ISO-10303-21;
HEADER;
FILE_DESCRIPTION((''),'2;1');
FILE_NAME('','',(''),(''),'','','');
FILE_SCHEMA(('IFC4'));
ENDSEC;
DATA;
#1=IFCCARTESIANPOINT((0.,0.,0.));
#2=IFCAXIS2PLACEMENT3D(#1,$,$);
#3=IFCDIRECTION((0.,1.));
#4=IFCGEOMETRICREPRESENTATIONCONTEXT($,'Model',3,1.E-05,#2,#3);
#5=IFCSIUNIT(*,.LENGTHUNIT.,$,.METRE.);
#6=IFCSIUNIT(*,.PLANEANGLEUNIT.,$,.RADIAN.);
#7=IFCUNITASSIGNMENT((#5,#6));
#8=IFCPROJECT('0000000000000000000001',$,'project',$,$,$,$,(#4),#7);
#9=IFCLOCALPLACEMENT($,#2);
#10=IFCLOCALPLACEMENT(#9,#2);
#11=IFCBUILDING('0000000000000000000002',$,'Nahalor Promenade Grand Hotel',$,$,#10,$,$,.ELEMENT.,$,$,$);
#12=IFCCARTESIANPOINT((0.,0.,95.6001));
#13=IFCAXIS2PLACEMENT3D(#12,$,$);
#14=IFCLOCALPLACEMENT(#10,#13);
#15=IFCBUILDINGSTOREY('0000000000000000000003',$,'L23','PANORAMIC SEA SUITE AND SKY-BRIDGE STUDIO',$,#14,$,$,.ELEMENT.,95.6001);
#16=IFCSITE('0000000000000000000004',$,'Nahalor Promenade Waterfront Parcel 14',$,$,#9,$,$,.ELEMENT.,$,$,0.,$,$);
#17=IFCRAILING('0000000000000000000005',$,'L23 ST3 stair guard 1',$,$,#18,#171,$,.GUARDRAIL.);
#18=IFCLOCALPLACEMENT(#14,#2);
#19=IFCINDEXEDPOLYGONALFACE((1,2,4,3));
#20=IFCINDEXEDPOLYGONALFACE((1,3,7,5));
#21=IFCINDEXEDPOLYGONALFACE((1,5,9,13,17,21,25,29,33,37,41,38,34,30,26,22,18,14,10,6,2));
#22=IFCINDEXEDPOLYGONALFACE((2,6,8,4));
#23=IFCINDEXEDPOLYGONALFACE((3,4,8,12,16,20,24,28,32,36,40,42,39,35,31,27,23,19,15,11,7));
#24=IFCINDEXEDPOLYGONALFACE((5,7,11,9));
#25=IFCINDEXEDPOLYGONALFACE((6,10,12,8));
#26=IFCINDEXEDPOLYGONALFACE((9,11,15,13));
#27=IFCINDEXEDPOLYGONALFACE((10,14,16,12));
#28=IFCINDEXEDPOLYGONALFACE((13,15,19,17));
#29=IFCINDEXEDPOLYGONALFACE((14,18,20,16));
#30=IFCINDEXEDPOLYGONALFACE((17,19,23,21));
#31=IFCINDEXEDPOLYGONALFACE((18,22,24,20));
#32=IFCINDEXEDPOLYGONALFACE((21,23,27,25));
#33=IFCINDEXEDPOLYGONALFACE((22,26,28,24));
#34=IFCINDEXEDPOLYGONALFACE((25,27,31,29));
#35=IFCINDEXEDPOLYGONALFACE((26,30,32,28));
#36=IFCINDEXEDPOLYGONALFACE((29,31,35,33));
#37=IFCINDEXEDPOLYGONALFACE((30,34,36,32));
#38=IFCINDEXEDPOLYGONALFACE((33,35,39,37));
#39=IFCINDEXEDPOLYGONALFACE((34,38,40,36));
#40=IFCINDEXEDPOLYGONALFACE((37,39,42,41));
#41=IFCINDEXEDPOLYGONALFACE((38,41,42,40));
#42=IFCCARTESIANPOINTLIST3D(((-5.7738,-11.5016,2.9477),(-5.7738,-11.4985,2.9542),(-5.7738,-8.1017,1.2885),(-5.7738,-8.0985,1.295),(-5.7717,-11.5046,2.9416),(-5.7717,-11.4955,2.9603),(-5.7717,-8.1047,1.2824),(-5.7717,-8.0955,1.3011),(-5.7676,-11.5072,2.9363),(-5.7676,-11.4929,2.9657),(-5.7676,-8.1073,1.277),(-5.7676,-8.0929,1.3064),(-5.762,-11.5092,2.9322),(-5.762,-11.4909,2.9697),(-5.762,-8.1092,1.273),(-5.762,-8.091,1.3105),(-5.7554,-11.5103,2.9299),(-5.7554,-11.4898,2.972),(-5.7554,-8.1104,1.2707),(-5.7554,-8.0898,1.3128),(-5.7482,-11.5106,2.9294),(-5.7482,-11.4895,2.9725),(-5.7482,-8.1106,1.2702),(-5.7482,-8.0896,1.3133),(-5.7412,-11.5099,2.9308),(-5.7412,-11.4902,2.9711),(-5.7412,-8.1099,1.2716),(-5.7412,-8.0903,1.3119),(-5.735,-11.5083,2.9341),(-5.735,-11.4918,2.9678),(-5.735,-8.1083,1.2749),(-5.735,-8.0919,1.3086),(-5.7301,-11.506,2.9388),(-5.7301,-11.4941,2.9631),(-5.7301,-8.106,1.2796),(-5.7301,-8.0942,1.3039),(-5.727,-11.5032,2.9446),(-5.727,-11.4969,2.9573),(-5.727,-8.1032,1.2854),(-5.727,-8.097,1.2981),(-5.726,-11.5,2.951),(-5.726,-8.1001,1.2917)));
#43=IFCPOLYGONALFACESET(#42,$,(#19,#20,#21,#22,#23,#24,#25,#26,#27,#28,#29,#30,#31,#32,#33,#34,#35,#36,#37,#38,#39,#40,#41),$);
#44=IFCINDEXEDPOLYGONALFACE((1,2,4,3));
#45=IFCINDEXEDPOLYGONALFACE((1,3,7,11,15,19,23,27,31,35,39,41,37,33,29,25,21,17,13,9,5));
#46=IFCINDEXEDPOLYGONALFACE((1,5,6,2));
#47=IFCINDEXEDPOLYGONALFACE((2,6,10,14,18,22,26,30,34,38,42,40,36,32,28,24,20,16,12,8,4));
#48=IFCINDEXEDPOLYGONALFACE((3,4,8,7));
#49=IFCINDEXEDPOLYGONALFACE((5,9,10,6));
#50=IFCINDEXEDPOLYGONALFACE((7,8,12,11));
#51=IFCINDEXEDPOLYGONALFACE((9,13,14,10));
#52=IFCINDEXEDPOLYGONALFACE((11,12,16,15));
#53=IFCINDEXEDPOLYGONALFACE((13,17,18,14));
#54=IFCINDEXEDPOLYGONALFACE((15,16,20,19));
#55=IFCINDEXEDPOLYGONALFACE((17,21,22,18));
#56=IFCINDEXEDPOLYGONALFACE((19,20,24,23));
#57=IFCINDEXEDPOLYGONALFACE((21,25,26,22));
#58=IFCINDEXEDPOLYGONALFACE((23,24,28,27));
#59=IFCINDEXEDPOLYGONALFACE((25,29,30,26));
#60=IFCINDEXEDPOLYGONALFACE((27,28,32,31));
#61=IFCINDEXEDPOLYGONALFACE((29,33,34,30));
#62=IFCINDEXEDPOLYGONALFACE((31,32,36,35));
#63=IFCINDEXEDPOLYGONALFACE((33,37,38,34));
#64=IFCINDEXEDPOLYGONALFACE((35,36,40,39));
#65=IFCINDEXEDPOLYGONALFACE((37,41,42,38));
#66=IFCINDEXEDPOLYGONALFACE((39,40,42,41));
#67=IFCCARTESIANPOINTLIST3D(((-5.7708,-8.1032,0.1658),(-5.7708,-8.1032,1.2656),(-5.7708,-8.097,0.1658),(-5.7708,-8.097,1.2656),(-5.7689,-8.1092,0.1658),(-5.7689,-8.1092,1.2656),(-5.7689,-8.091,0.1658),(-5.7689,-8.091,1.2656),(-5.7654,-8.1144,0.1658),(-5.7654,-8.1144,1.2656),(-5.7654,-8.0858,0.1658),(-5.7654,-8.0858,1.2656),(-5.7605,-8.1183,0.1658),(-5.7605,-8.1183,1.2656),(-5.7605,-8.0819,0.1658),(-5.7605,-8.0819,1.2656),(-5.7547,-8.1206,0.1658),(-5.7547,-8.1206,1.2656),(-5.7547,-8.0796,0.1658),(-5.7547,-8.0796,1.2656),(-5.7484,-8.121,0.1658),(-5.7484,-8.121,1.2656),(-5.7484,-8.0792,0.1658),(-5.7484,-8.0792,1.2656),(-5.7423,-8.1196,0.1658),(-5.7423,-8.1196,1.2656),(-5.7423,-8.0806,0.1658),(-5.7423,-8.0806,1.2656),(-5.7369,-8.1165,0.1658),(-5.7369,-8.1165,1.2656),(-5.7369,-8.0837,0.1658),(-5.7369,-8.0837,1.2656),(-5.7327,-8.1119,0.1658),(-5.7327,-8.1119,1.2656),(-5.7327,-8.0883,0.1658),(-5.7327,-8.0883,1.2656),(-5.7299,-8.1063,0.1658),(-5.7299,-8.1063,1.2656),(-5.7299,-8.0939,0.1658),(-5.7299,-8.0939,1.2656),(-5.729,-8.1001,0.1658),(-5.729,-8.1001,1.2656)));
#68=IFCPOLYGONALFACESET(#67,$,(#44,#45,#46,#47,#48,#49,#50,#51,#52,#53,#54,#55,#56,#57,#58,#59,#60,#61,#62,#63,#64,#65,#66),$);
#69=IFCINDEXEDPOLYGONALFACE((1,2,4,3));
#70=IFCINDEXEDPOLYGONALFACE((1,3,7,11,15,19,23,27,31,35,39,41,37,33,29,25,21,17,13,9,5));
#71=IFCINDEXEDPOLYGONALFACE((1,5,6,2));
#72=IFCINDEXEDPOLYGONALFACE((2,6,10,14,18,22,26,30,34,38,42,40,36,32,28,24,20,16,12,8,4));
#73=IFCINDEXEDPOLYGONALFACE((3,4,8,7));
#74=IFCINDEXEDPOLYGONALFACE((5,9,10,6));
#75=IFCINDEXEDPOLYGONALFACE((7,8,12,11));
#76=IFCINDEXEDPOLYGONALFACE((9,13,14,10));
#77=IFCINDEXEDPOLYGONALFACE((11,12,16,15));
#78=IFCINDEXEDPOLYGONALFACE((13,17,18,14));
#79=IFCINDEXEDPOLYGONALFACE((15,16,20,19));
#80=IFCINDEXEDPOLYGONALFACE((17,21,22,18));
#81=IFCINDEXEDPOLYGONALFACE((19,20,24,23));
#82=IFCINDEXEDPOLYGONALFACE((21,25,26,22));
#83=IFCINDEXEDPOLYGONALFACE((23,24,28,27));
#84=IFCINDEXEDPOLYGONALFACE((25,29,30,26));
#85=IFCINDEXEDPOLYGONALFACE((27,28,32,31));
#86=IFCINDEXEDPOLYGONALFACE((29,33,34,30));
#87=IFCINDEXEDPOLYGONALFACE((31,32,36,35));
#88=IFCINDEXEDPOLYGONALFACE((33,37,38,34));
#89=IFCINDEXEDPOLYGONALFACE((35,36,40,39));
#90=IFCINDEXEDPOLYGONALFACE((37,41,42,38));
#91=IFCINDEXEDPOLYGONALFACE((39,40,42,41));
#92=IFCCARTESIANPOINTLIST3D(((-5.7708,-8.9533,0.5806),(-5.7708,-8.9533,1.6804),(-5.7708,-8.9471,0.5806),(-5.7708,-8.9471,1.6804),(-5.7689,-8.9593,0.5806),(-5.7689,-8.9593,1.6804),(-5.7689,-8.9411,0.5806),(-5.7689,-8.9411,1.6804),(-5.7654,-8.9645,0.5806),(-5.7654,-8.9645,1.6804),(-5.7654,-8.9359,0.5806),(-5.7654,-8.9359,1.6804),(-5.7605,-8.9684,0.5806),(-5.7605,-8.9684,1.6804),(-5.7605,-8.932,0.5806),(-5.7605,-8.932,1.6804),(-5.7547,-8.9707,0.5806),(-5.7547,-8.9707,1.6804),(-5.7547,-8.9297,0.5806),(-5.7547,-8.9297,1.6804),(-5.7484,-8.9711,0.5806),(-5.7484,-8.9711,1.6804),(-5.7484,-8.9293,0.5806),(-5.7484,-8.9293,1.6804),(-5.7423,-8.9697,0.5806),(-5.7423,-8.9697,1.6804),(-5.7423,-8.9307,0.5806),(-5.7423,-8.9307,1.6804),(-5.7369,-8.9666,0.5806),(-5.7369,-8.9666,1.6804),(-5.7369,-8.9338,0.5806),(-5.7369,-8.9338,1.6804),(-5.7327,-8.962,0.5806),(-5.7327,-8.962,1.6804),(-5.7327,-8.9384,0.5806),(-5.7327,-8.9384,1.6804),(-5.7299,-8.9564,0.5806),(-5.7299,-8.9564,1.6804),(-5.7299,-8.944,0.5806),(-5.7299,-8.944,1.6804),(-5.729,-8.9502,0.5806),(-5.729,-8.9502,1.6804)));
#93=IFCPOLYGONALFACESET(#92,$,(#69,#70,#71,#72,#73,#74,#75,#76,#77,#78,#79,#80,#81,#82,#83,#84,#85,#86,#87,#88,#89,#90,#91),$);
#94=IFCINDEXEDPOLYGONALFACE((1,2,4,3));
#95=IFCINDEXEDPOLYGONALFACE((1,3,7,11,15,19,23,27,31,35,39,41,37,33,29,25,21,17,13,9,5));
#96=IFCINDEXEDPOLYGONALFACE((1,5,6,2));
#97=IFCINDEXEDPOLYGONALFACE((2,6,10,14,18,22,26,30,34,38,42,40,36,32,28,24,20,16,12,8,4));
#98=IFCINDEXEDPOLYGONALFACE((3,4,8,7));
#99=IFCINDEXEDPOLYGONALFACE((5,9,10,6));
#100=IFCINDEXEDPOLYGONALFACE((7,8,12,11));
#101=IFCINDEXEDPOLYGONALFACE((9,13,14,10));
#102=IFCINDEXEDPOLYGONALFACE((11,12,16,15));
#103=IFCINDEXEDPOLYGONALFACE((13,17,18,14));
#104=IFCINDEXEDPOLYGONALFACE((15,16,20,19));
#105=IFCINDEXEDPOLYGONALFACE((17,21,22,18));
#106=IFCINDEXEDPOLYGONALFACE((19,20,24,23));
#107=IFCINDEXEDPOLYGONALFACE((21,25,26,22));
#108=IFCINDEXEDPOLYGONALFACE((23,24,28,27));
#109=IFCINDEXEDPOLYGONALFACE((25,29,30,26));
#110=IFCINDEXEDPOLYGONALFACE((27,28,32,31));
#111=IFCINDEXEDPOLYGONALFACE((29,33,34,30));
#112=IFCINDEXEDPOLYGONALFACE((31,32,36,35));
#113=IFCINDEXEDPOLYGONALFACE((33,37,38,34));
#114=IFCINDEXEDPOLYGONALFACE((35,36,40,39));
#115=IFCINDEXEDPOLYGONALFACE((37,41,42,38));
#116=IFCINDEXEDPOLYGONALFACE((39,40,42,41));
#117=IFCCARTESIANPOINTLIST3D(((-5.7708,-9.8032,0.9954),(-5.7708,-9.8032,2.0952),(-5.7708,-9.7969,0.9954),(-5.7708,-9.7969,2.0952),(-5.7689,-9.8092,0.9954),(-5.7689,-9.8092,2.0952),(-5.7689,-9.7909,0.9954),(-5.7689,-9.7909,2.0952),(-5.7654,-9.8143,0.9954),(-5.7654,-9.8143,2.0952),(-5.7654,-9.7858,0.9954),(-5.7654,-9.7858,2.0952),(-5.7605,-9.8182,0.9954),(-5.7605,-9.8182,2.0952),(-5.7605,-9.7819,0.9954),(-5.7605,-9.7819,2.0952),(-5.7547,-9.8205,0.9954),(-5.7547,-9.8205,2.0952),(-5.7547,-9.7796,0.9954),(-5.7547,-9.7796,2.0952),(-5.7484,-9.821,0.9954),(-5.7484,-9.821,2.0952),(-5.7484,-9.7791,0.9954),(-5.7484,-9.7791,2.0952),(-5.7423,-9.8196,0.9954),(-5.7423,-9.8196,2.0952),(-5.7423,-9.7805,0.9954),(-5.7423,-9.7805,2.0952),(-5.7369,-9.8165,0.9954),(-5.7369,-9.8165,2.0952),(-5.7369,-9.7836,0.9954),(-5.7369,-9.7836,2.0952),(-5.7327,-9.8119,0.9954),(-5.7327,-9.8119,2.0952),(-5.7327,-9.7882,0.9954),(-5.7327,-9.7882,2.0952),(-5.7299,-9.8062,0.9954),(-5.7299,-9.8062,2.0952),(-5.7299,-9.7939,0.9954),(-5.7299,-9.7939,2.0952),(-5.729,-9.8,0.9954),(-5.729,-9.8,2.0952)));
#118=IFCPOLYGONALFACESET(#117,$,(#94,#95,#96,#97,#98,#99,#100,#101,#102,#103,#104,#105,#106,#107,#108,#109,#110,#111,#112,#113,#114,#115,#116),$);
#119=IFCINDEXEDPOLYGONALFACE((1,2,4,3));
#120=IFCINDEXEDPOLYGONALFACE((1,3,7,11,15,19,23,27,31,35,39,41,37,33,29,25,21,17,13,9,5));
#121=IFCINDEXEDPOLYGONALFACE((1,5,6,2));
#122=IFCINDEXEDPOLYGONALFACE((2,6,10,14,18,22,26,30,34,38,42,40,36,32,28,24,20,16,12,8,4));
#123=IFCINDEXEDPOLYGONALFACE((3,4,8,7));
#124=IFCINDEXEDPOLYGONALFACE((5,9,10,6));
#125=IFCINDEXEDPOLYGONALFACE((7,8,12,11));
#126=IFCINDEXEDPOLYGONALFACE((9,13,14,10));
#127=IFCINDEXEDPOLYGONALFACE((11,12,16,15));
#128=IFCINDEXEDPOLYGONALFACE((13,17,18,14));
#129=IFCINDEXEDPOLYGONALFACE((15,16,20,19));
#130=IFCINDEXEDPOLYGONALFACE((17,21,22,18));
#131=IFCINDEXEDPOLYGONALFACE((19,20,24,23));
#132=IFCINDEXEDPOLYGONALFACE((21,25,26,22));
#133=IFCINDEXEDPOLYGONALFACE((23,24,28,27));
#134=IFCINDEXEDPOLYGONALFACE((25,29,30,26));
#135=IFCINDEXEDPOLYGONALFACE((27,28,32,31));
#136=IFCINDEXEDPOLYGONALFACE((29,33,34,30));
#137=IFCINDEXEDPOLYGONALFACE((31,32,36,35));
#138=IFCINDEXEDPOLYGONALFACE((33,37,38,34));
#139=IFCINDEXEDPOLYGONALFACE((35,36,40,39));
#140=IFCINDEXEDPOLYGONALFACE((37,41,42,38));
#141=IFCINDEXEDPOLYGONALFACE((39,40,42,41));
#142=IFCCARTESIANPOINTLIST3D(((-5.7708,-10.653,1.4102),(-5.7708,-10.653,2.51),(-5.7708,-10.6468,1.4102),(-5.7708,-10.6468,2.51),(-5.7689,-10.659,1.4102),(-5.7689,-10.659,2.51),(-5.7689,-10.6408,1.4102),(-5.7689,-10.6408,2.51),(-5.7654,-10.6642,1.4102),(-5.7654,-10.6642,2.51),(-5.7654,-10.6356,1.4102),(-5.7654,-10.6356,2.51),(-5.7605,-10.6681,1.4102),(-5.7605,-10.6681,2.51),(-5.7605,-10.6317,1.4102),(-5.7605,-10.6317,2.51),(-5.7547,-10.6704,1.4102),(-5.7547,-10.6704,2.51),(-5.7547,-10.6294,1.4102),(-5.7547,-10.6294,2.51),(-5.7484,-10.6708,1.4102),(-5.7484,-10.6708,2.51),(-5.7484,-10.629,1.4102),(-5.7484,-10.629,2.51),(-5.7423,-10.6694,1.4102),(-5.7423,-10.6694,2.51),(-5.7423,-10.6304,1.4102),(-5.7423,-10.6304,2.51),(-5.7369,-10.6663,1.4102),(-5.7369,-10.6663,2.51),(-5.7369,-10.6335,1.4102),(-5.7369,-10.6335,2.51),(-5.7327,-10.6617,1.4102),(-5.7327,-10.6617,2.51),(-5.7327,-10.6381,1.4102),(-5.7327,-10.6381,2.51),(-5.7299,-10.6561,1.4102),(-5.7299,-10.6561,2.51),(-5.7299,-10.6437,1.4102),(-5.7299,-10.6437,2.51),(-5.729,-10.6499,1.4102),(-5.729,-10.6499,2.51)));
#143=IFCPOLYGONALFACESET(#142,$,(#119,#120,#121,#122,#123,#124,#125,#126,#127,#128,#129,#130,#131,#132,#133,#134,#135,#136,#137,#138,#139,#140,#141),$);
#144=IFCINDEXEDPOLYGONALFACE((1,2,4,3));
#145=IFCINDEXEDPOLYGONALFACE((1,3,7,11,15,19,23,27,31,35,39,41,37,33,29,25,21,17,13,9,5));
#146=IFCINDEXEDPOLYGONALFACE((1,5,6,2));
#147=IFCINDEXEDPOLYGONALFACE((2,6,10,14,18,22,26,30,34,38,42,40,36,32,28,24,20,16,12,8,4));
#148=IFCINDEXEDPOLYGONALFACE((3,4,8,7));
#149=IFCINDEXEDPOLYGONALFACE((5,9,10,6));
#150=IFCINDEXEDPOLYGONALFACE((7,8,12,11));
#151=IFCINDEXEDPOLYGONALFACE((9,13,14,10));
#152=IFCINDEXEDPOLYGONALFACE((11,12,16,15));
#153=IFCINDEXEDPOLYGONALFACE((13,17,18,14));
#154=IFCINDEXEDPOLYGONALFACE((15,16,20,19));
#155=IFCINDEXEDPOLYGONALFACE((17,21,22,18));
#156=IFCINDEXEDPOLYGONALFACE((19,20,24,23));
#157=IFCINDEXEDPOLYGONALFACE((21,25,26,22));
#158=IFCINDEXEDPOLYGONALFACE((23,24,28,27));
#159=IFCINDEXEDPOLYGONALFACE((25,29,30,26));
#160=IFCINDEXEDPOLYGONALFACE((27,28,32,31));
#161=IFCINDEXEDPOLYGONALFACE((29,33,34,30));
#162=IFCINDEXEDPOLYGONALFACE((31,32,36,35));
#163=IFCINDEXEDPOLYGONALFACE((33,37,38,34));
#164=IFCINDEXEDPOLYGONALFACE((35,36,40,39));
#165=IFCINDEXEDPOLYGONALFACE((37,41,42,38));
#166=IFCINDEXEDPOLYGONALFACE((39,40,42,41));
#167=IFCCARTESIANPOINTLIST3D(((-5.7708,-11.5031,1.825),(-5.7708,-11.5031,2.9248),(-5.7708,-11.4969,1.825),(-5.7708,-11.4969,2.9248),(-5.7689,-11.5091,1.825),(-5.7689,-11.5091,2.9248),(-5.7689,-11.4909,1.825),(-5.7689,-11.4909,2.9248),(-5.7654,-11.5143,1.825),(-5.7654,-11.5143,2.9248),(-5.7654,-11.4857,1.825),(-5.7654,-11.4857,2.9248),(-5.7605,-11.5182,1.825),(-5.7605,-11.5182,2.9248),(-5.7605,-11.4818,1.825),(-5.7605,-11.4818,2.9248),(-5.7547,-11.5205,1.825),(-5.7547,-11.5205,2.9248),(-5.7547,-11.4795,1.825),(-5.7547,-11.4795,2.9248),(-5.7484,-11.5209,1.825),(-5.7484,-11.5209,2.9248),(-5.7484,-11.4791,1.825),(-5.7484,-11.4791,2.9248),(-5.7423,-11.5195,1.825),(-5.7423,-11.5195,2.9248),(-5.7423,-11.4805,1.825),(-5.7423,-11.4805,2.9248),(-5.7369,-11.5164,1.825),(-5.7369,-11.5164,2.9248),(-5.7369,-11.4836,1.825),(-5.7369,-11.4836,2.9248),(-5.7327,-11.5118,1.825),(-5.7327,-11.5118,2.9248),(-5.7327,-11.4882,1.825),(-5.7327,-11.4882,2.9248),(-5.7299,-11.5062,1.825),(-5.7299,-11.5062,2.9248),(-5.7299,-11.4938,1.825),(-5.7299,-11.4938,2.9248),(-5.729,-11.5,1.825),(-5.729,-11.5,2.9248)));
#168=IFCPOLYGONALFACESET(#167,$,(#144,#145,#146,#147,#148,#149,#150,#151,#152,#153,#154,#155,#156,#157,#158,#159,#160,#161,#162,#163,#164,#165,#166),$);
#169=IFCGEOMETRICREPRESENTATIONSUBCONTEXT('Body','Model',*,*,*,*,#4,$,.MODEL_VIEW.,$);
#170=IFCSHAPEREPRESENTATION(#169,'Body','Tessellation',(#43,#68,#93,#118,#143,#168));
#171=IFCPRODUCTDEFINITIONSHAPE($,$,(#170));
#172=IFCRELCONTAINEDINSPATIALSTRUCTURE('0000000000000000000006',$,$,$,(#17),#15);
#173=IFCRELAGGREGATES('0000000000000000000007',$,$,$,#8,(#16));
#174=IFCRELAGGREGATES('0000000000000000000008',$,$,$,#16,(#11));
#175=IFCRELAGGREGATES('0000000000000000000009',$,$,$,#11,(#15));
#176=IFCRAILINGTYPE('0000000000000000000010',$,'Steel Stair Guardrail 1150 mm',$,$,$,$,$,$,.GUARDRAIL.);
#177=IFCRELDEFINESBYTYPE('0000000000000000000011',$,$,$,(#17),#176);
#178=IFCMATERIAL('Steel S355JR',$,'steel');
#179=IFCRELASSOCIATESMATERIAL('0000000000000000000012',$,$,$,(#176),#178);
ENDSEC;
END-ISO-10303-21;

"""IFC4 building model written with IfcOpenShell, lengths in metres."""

from ifc_helpers import new_model, si_unit, direction, frame, origin, origin_2d, place, context, subcontext, project, spatial, circle, extrude, material, type_object, element, save


model = new_model("IFC4")

# Units and contexts
model_context = context("Model", 3, precision=1e-05, world=origin(), true_north=direction((0.0, 1.0)))
body_context = subcontext(model_context, "Body", "Model", "MODEL_VIEW")
ifc_project = project(units=[si_unit("LENGTHUNIT", "METRE"), si_unit("PLANEANGLEUNIT", "RADIAN")], contexts=[model_context])

# Site, building, storey
site_placement = place(None, origin())
site = spatial("IfcSite", under=ifc_project, at=site_placement, Name="Nahalor Promenade Waterfront Parcel 14", CompositionType="ELEMENT", RefElevation=0.0)
building_placement = place(site_placement, origin())
building = spatial("IfcBuilding", under=site, at=building_placement, Name="Nahalor Promenade Grand Hotel", CompositionType="ELEMENT")
storey_placement = place(building_placement, frame((0.0, 0.0, 95.6001)))
storey = spatial("IfcBuildingStorey", under=building, at=storey_placement, Name="L23", Description="PANORAMIC SEA SUITE AND SKY-BRIDGE STUDIO", CompositionType="ELEMENT", Elevation=95.6001)

# Shared definitions
ifc_material_1 = material(Name="Steel S355JR", Category="steel")

# Railing
railing_type_1 = type_object("IfcRailingType", Name="Steel Stair Guardrail 1150 mm", PredefinedType="GUARDRAIL", material=ifc_material_1)
railing_1_placement = place(storey_placement, frame((-5.75, -8.1001, 0.1658)))
element("IfcRailing", 1, at=railing_1_placement, inside=storey, type_object=railing_type_1, Name="L23 ST3 stair guard 1", PredefinedType="GUARDRAIL", context=body_context, shape_type="SweptSolid", body=[
    extrude(circle(Radius=0.024, at=origin_2d()), frame((0.0, 0.0, 1.126), z_axis=(0.0, -0.898696, 0.438571), x_axis=(1.0, 0.0, 0.0)), (0.0, 0.0, 1.0), 3.7832),
    extrude(circle(Radius=0.021, at=origin_2d()), origin(), (0.0, 0.0, 1.0), 1.0999),
    extrude(circle(Radius=0.021, at=origin_2d()), frame((0.0, -0.8501, 0.4148)), (0.0, 0.0, 1.0), 1.0999),
    extrude(circle(Radius=0.021, at=origin_2d()), frame((0.0, -1.7, 0.8296)), (0.0, 0.0, 1.0), 1.0999),
    extrude(circle(Radius=0.021, at=origin_2d()), frame((0.0, -2.5498, 1.2444)), (0.0, 0.0, 1.0), 1.0999),
    extrude(circle(Radius=0.021, at=origin_2d()), frame((0.0, -3.3999, 1.6592)), (0.0, 0.0, 1.0), 1.0999),
])

save(model, "model.ifc")
